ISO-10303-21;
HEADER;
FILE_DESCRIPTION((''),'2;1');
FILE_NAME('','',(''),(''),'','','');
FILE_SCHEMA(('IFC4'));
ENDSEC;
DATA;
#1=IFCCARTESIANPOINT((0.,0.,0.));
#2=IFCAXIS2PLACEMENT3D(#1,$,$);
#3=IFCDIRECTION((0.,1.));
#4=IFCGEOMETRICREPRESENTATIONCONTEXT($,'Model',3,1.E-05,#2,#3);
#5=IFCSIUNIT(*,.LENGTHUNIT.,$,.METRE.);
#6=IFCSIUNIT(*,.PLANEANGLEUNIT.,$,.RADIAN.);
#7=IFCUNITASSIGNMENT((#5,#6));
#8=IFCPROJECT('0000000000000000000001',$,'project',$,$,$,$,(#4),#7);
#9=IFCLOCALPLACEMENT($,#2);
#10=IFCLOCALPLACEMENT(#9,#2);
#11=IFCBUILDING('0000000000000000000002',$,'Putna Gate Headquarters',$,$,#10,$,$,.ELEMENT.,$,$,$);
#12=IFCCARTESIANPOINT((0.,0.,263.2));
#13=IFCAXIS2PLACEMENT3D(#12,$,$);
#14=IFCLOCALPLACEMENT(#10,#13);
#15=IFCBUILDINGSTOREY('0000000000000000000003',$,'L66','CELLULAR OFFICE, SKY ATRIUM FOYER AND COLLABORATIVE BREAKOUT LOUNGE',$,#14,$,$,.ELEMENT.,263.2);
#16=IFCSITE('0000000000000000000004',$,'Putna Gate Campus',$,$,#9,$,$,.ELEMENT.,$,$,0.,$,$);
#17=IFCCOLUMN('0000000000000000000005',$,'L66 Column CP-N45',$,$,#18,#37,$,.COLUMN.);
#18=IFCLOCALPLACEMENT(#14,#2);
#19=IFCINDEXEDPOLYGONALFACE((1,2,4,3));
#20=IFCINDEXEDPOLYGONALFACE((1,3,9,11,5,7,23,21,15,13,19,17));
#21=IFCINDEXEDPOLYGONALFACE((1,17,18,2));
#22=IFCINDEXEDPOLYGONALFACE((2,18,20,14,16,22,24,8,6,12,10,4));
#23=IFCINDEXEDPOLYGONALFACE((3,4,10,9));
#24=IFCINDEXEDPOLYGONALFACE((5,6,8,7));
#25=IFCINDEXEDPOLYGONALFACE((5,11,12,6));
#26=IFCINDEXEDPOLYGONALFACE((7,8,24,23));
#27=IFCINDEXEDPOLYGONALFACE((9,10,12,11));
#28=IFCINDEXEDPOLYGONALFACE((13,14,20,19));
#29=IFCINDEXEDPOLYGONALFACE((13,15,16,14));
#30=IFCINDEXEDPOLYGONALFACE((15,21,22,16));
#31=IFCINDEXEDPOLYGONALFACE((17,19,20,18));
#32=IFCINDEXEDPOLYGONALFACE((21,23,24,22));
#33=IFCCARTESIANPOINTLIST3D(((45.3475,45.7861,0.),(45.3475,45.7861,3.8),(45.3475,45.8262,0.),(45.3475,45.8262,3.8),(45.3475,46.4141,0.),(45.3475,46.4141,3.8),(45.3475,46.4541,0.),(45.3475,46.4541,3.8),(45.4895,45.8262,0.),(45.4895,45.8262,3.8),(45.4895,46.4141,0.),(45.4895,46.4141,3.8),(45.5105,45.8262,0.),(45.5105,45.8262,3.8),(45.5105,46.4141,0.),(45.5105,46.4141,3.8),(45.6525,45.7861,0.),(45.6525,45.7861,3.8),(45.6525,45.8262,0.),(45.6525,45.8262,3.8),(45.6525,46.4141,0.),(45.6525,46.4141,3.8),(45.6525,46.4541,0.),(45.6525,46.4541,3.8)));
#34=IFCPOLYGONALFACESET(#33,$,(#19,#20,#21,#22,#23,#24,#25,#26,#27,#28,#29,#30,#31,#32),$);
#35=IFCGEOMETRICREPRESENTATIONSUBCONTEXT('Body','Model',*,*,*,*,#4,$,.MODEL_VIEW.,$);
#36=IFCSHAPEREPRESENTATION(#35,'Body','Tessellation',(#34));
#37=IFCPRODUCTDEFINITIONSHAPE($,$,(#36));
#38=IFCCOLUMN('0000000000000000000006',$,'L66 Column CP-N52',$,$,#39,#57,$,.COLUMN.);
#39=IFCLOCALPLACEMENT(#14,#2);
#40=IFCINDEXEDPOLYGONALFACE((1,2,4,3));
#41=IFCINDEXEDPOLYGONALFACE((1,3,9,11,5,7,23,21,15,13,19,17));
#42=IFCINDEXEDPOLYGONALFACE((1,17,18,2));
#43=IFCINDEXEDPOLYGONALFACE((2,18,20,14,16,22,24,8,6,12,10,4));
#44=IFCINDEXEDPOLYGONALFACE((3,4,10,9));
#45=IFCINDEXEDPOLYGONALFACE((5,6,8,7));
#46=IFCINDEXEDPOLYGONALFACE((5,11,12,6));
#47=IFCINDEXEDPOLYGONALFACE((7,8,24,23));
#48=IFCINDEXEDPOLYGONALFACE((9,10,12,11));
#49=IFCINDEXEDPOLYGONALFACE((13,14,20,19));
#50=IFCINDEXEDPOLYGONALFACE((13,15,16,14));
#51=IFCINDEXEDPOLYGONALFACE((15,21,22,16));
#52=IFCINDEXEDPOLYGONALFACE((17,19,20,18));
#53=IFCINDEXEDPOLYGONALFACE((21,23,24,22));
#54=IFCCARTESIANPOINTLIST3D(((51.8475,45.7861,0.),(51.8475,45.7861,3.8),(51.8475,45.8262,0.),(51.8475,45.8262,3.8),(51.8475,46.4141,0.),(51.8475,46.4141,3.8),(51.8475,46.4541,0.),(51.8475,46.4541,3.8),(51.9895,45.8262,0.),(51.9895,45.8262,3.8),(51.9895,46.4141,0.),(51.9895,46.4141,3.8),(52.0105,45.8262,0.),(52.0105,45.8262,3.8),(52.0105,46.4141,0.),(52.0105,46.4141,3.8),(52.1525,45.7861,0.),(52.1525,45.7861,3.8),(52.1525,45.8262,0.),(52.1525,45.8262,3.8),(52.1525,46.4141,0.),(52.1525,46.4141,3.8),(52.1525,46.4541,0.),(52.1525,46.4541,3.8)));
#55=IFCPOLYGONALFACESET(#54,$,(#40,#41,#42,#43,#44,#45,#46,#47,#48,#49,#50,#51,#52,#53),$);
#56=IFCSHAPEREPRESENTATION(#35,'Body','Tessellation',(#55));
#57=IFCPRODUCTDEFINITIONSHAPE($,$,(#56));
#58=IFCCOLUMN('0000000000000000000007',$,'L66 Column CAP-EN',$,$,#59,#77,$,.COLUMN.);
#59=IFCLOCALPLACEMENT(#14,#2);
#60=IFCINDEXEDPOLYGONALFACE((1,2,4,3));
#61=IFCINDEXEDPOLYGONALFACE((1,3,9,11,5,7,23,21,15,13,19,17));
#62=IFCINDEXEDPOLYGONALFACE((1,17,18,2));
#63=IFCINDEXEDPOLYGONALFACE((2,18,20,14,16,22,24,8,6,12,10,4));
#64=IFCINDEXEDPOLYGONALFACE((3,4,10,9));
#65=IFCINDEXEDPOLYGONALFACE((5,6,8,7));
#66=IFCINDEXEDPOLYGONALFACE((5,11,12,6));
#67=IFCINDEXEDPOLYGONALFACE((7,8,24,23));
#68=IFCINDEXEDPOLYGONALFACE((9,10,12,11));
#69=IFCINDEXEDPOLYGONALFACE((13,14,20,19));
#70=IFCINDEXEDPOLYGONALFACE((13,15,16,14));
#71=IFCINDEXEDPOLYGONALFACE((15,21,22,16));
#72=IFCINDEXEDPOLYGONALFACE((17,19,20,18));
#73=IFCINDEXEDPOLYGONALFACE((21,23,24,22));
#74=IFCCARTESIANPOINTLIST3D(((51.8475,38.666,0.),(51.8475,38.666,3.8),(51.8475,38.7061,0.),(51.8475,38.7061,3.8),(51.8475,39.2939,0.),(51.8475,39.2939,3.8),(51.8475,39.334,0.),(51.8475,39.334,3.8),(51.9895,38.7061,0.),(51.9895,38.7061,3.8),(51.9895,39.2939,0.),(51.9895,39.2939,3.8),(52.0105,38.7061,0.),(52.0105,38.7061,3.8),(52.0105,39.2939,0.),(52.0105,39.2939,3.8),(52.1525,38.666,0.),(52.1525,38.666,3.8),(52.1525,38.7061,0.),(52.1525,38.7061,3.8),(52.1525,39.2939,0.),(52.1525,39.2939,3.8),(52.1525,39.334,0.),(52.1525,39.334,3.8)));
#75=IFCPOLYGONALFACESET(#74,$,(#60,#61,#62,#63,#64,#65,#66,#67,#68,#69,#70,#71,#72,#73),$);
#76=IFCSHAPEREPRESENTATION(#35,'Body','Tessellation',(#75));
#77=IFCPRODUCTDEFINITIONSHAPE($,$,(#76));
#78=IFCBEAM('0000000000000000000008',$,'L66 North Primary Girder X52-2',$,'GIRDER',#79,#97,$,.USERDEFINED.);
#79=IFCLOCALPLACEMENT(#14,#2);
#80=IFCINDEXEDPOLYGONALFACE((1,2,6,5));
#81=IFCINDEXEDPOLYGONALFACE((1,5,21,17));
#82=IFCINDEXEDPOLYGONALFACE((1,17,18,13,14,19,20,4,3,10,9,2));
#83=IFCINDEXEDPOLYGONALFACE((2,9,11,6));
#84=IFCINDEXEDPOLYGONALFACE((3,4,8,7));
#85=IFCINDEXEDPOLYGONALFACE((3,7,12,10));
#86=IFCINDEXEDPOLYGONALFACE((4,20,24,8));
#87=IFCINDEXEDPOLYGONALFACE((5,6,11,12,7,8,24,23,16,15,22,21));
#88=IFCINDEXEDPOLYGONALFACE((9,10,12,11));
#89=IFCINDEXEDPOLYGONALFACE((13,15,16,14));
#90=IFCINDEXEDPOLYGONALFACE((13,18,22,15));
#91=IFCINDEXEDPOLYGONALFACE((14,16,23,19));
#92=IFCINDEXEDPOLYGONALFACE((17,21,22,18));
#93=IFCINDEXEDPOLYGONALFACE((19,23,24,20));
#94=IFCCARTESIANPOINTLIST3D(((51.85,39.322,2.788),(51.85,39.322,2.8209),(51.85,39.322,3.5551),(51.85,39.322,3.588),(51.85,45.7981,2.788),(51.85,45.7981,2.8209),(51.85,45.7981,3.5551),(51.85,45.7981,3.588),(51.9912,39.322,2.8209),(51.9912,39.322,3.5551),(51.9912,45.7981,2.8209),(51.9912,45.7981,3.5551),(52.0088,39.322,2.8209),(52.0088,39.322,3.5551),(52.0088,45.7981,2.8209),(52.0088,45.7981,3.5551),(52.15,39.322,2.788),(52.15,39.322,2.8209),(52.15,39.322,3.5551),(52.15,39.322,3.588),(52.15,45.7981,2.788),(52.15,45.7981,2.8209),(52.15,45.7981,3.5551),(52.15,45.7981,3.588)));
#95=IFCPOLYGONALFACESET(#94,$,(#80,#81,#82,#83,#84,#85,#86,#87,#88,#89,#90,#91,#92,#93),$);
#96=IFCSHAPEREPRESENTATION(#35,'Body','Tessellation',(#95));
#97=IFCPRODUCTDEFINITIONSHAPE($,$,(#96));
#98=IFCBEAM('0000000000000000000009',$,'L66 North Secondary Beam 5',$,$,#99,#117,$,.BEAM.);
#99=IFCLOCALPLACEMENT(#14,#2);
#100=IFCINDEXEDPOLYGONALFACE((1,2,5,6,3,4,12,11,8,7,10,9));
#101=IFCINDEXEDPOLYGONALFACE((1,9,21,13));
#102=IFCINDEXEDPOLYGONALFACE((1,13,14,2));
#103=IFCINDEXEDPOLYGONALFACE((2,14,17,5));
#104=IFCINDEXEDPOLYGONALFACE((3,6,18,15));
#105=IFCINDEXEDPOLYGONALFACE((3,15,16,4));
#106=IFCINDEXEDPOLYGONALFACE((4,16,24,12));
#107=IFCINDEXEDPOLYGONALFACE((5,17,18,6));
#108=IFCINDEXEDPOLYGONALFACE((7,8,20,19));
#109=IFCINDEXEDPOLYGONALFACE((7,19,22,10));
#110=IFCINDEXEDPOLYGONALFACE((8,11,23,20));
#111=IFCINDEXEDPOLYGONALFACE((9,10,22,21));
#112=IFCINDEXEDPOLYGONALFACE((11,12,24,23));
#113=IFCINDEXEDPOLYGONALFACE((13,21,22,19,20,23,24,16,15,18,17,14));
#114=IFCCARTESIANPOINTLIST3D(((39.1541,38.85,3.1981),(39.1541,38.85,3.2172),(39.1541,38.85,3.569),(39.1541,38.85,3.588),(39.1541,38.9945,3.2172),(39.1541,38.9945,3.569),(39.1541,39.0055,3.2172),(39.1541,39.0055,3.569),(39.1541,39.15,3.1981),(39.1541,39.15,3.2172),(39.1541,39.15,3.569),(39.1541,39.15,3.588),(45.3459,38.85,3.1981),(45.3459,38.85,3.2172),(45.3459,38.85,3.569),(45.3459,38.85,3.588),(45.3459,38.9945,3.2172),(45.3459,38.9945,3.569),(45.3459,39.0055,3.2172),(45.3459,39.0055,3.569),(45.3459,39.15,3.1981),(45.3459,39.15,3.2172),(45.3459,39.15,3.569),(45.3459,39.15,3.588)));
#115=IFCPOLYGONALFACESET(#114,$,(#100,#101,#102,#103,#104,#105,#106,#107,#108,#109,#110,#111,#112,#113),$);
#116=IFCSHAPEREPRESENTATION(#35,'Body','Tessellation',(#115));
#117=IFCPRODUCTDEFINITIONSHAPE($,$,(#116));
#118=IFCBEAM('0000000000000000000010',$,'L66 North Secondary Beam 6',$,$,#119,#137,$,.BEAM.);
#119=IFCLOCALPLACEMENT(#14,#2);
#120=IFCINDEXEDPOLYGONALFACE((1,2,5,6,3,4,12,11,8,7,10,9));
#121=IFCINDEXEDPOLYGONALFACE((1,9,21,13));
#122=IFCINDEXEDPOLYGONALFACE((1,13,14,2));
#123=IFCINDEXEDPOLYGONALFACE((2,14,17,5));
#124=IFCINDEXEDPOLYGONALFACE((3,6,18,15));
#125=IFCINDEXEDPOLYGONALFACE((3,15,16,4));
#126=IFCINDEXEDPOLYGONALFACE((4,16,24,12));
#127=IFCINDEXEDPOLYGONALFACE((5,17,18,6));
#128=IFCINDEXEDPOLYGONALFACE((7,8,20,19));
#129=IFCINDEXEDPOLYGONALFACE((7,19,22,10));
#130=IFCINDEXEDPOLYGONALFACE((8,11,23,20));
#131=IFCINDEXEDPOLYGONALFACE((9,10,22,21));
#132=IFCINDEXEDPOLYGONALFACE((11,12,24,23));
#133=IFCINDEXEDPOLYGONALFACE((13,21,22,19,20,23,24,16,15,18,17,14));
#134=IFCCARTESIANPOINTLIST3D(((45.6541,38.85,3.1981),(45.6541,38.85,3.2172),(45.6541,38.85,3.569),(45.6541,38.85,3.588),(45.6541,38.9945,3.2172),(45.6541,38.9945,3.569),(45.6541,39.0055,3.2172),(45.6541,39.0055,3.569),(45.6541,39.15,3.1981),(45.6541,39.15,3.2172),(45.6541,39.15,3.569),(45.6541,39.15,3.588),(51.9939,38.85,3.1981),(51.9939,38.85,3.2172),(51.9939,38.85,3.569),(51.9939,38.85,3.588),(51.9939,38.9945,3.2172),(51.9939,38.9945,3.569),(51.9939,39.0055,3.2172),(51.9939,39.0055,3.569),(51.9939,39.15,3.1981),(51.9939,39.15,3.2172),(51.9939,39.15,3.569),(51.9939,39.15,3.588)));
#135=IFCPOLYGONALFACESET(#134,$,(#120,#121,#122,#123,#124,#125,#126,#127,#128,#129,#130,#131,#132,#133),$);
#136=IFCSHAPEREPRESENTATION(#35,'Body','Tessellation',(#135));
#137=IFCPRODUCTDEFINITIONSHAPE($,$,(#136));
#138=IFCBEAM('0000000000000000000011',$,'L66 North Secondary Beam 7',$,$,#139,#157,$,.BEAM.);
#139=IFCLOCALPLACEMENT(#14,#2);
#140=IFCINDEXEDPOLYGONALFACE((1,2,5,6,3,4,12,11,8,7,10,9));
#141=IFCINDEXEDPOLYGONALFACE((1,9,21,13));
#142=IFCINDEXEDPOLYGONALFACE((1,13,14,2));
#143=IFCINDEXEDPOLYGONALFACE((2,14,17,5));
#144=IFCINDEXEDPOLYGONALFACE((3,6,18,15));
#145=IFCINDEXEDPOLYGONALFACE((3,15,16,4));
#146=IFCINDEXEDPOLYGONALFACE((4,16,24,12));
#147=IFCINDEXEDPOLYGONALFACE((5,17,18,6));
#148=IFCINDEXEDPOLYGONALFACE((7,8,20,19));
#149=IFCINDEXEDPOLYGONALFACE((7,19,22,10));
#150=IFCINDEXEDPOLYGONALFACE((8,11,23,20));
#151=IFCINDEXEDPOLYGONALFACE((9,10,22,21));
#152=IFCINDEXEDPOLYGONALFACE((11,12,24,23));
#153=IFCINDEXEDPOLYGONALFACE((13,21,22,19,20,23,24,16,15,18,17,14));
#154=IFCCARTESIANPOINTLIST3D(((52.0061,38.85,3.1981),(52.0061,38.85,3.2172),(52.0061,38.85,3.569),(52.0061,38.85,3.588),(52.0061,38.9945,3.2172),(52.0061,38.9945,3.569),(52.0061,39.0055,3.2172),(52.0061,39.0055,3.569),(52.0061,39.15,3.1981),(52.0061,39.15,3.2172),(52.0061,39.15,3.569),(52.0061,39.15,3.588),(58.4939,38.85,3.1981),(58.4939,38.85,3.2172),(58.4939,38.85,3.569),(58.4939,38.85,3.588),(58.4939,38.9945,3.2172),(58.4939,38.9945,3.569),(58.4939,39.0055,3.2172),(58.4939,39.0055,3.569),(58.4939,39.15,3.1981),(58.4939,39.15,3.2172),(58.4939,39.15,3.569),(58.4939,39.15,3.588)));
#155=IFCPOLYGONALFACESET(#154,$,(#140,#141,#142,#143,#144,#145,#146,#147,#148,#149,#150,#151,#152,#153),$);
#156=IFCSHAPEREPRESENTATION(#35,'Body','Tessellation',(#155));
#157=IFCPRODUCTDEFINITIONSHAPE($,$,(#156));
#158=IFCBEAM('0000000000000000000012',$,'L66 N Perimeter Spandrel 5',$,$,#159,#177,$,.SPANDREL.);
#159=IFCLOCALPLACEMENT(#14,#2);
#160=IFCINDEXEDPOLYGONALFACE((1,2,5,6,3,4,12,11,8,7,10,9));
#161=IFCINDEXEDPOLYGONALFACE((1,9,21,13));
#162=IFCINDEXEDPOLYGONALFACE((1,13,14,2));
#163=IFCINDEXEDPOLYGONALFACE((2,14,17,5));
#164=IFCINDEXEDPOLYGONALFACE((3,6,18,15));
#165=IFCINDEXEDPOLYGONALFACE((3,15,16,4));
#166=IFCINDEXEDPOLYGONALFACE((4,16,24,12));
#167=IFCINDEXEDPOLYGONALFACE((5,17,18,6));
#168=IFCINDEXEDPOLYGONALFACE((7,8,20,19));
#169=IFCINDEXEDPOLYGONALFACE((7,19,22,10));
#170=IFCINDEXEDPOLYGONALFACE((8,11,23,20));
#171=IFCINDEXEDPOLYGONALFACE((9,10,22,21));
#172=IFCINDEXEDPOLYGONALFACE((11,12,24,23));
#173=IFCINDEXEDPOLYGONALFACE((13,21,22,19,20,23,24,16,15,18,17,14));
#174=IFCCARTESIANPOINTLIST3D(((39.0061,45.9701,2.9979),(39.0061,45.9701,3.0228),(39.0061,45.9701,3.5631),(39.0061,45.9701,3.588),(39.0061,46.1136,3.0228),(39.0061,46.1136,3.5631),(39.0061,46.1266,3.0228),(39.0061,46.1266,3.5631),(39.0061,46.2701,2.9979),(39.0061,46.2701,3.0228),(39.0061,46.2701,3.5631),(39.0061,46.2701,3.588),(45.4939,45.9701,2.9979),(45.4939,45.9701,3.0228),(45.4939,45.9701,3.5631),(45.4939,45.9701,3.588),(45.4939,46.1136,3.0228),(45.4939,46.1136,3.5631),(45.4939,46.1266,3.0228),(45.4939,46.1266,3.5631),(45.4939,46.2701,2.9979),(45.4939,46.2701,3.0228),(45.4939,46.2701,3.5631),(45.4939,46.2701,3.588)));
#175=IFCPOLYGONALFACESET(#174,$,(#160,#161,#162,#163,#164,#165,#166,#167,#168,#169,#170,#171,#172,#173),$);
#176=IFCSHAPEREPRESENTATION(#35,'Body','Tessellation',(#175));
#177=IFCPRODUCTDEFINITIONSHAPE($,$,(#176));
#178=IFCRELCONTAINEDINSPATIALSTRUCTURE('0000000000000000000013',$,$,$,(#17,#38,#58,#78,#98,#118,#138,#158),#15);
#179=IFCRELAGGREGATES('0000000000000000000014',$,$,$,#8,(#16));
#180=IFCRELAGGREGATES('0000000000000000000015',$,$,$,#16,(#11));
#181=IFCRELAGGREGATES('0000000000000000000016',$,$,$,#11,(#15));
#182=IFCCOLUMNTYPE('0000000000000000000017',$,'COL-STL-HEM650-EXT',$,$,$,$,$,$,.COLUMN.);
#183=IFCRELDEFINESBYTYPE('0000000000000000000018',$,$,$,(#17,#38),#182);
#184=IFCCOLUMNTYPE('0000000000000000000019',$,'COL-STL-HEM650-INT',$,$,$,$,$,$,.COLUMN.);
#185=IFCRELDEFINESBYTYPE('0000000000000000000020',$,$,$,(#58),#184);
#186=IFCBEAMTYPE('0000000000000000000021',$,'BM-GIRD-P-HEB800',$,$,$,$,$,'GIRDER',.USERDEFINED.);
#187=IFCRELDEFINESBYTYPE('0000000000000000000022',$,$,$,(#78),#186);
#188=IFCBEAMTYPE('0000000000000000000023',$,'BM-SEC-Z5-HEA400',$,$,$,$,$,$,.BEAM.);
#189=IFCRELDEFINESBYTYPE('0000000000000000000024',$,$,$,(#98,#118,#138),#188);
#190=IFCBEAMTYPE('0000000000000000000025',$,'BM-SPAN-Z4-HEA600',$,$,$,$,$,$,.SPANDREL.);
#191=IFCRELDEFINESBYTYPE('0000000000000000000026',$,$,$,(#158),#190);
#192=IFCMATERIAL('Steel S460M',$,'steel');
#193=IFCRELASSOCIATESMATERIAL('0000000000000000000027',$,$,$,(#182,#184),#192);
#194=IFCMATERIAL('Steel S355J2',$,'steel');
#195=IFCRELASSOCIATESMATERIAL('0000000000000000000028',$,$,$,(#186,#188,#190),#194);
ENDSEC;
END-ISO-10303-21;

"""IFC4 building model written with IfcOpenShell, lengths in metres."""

from ifc_helpers import new_model, si_unit, direction, frame, origin, origin_2d, place, context, subcontext, project, spatial, i_section, extrude, material, material_profile, profile_set, type_object, element, save


model = new_model("IFC4")

# Units and contexts
model_context = context("Model", 3, precision=1e-05, world=origin(), true_north=direction((0.0, 1.0)))
body_context = subcontext(model_context, "Body", "Model", "MODEL_VIEW")
ifc_project = project(units=[si_unit("LENGTHUNIT", "METRE"), si_unit("PLANEANGLEUNIT", "RADIAN")], contexts=[model_context])

# Site, building, storey
site_placement = place(None, origin())
site = spatial("IfcSite", under=ifc_project, at=site_placement, Name="Putna Gate Campus", CompositionType="ELEMENT", RefElevation=0.0)
building_placement = place(site_placement, origin())
building = spatial("IfcBuilding", under=site, at=building_placement, Name="Putna Gate Headquarters", CompositionType="ELEMENT")
storey_placement = place(building_placement, frame((0.0, 0.0, 263.2)))
storey = spatial("IfcBuildingStorey", under=building, at=storey_placement, Name="L66", Description="CELLULAR OFFICE, SKY ATRIUM FOYER AND COLLABORATIVE BREAKOUT LOUNGE", CompositionType="ELEMENT", Elevation=263.2)

# Columns
ifc_material_1 = material(Name="Steel S460M", Category="steel")
ifc_material_profile_1 = material_profile(ifc_material_1, i_section(OverallWidth=0.3049, OverallDepth=0.668, WebThickness=0.021, FlangeThickness=0.04, at=origin_2d()), Name="Steel S460M")
ifc_profile_set_1 = profile_set([ifc_material_profile_1], Name="Steel S460M")
column_type_1 = type_object("IfcColumnType", Name="COL-STL-HEM650-EXT", PredefinedType="COLUMN", material=ifc_profile_set_1)
for number, where, z_axis, x_axis, name in (
    (1, (45.5, 46.1201, 0.0), (0.0, 0.0, 1.0), (1.0, 0.0, 0.0), "L66 Column CP-N45"),
    (2, (52.0, 46.1201, 0.0), (0.0, 0.0, 1.0), (1.0, 0.0, 0.0), "L66 Column CP-N52"),
):
    element("IfcColumn", number, at=place(storey_placement, frame(where, z_axis=z_axis, x_axis=x_axis)), inside=storey, type_object=column_type_1, Name=name, PredefinedType="COLUMN", context=body_context, shape_type="SweptSolid", body=[
        extrude(i_section(OverallWidth=0.3049, OverallDepth=0.668, WebThickness=0.021, FlangeThickness=0.04, at=origin_2d()), origin(), (0.0, 0.0, 1.0), 3.8),
    ])
ifc_material_profile_2 = material_profile(ifc_material_1, i_section(OverallWidth=0.3049, OverallDepth=0.668, WebThickness=0.021, FlangeThickness=0.04, at=origin_2d()), Name="Steel S460M")
ifc_profile_set_2 = profile_set([ifc_material_profile_2], Name="Steel S460M")
column_type_2 = type_object("IfcColumnType", Name="COL-STL-HEM650-INT", PredefinedType="COLUMN", material=ifc_profile_set_2)
column_placement = place(storey_placement, frame((52.0, 39.0, 0.0), z_axis=(0.0, 0.0, 1.0), x_axis=(1.0, 0.0, 0.0)))
element("IfcColumn", 3, at=column_placement, inside=storey, type_object=column_type_2, Name="L66 Column CAP-EN", PredefinedType="COLUMN", context=body_context, shape_type="SweptSolid", body=[
    extrude(i_section(OverallWidth=0.3049, OverallDepth=0.668, WebThickness=0.021, FlangeThickness=0.04, at=origin_2d()), origin(), (0.0, 0.0, 1.0), 3.8),
])

# Beams
ifc_material_2 = material(Name="Steel S355J2", Category="steel")
ifc_material_profile_3 = material_profile(ifc_material_2, i_section(OverallWidth=0.3, OverallDepth=0.8, WebThickness=0.0176, FlangeThickness=0.033, at=origin_2d()), Name="Steel S355J2")
ifc_profile_set_3 = profile_set([ifc_material_profile_3], Name="Steel S355J2")
beam_type_1 = type_object("IfcBeamType", Name="BM-GIRD-P-HEB800", ElementType="GIRDER", PredefinedType="USERDEFINED", material=ifc_profile_set_3)
beam_1_placement = place(storey_placement, frame((52.0, 39.322, 3.188), z_axis=(0.0, 1.0, 0.0), x_axis=(-1.0, 0.0, 0.0)))
element("IfcBeam", 4, at=beam_1_placement, inside=storey, type_object=beam_type_1, Name="L66 North Primary Girder X52-2", ObjectType="GIRDER", PredefinedType="USERDEFINED", context=body_context, shape_type="SweptSolid", body=[
    extrude(i_section(OverallWidth=0.3, OverallDepth=0.8, WebThickness=0.0176, FlangeThickness=0.033, at=origin_2d()), origin(), (0.0, 0.0, 1.0), 6.4761),
])
ifc_material_profile_4 = material_profile(ifc_material_2, i_section(OverallWidth=0.3, OverallDepth=0.3899, WebThickness=0.011, FlangeThickness=0.019, at=origin_2d()), Name="Steel S355J2")
ifc_profile_set_4 = profile_set([ifc_material_profile_4], Name="Steel S355J2")
beam_type_2 = type_object("IfcBeamType", Name="BM-SEC-Z5-HEA400", PredefinedType="BEAM", material=ifc_profile_set_4)
beam_2_placement = place(storey_placement, frame((39.1541, 39.0, 3.3931), z_axis=(1.0, 0.0, 0.0), x_axis=(0.0, 1.0, 0.0)))
element("IfcBeam", 5, at=beam_2_placement, inside=storey, type_object=beam_type_2, Name="L66 North Secondary Beam 5", PredefinedType="BEAM", context=body_context, shape_type="SweptSolid", body=[
    extrude(i_section(OverallWidth=0.3, OverallDepth=0.3899, WebThickness=0.011, FlangeThickness=0.019, at=origin_2d()), origin(), (0.0, 0.0, 1.0), 6.1919),
])
beam_3_placement = place(storey_placement, frame((45.6541, 39.0, 3.3931), z_axis=(1.0, 0.0, 0.0), x_axis=(0.0, 1.0, 0.0)))
element("IfcBeam", 6, at=beam_3_placement, inside=storey, type_object=beam_type_2, Name="L66 North Secondary Beam 6", PredefinedType="BEAM", context=body_context, shape_type="SweptSolid", body=[
    extrude(i_section(OverallWidth=0.3, OverallDepth=0.3899, WebThickness=0.011, FlangeThickness=0.019, at=origin_2d()), origin(), (0.0, 0.0, 1.0), 6.3398),
])
beam_4_placement = place(storey_placement, frame((52.0061, 39.0, 3.3931), z_axis=(1.0, 0.0, 0.0), x_axis=(0.0, 1.0, 0.0)))
element("IfcBeam", 7, at=beam_4_placement, inside=storey, type_object=beam_type_2, Name="L66 North Secondary Beam 7", PredefinedType="BEAM", context=body_context, shape_type="SweptSolid", body=[
    extrude(i_section(OverallWidth=0.3, OverallDepth=0.3899, WebThickness=0.011, FlangeThickness=0.019, at=origin_2d()), origin(), (0.0, 0.0, 1.0), 6.4878),
])
ifc_material_profile_5 = material_profile(ifc_material_2, i_section(OverallWidth=0.3, OverallDepth=0.5901, WebThickness=0.0129, FlangeThickness=0.0249, at=origin_2d()), Name="Steel S355J2")
ifc_profile_set_5 = profile_set([ifc_material_profile_5], Name="Steel S355J2")
beam_type_3 = type_object("IfcBeamType", Name="BM-SPAN-Z4-HEA600", PredefinedType="SPANDREL", material=ifc_profile_set_5)
for number, where, z_axis, x_axis, name in (
    (8, (39.0061, 46.1201, 3.293), (1.0, 0.0, 0.0), (0.0, 1.0, 0.0), "L66 N Perimeter Spandrel 5"),
):
    element("IfcBeam", number, at=place(storey_placement, frame(where, z_axis=z_axis, x_axis=x_axis)), inside=storey, type_object=beam_type_3, Name=name, PredefinedType="SPANDREL", context=body_context, shape_type="SweptSolid", body=[
        extrude(i_section(OverallWidth=0.3, OverallDepth=0.5901, WebThickness=0.0129, FlangeThickness=0.0249, at=origin_2d()), origin(), (0.0, 0.0, 1.0), 6.4878),
    ])

save(model, "model.ifc")
